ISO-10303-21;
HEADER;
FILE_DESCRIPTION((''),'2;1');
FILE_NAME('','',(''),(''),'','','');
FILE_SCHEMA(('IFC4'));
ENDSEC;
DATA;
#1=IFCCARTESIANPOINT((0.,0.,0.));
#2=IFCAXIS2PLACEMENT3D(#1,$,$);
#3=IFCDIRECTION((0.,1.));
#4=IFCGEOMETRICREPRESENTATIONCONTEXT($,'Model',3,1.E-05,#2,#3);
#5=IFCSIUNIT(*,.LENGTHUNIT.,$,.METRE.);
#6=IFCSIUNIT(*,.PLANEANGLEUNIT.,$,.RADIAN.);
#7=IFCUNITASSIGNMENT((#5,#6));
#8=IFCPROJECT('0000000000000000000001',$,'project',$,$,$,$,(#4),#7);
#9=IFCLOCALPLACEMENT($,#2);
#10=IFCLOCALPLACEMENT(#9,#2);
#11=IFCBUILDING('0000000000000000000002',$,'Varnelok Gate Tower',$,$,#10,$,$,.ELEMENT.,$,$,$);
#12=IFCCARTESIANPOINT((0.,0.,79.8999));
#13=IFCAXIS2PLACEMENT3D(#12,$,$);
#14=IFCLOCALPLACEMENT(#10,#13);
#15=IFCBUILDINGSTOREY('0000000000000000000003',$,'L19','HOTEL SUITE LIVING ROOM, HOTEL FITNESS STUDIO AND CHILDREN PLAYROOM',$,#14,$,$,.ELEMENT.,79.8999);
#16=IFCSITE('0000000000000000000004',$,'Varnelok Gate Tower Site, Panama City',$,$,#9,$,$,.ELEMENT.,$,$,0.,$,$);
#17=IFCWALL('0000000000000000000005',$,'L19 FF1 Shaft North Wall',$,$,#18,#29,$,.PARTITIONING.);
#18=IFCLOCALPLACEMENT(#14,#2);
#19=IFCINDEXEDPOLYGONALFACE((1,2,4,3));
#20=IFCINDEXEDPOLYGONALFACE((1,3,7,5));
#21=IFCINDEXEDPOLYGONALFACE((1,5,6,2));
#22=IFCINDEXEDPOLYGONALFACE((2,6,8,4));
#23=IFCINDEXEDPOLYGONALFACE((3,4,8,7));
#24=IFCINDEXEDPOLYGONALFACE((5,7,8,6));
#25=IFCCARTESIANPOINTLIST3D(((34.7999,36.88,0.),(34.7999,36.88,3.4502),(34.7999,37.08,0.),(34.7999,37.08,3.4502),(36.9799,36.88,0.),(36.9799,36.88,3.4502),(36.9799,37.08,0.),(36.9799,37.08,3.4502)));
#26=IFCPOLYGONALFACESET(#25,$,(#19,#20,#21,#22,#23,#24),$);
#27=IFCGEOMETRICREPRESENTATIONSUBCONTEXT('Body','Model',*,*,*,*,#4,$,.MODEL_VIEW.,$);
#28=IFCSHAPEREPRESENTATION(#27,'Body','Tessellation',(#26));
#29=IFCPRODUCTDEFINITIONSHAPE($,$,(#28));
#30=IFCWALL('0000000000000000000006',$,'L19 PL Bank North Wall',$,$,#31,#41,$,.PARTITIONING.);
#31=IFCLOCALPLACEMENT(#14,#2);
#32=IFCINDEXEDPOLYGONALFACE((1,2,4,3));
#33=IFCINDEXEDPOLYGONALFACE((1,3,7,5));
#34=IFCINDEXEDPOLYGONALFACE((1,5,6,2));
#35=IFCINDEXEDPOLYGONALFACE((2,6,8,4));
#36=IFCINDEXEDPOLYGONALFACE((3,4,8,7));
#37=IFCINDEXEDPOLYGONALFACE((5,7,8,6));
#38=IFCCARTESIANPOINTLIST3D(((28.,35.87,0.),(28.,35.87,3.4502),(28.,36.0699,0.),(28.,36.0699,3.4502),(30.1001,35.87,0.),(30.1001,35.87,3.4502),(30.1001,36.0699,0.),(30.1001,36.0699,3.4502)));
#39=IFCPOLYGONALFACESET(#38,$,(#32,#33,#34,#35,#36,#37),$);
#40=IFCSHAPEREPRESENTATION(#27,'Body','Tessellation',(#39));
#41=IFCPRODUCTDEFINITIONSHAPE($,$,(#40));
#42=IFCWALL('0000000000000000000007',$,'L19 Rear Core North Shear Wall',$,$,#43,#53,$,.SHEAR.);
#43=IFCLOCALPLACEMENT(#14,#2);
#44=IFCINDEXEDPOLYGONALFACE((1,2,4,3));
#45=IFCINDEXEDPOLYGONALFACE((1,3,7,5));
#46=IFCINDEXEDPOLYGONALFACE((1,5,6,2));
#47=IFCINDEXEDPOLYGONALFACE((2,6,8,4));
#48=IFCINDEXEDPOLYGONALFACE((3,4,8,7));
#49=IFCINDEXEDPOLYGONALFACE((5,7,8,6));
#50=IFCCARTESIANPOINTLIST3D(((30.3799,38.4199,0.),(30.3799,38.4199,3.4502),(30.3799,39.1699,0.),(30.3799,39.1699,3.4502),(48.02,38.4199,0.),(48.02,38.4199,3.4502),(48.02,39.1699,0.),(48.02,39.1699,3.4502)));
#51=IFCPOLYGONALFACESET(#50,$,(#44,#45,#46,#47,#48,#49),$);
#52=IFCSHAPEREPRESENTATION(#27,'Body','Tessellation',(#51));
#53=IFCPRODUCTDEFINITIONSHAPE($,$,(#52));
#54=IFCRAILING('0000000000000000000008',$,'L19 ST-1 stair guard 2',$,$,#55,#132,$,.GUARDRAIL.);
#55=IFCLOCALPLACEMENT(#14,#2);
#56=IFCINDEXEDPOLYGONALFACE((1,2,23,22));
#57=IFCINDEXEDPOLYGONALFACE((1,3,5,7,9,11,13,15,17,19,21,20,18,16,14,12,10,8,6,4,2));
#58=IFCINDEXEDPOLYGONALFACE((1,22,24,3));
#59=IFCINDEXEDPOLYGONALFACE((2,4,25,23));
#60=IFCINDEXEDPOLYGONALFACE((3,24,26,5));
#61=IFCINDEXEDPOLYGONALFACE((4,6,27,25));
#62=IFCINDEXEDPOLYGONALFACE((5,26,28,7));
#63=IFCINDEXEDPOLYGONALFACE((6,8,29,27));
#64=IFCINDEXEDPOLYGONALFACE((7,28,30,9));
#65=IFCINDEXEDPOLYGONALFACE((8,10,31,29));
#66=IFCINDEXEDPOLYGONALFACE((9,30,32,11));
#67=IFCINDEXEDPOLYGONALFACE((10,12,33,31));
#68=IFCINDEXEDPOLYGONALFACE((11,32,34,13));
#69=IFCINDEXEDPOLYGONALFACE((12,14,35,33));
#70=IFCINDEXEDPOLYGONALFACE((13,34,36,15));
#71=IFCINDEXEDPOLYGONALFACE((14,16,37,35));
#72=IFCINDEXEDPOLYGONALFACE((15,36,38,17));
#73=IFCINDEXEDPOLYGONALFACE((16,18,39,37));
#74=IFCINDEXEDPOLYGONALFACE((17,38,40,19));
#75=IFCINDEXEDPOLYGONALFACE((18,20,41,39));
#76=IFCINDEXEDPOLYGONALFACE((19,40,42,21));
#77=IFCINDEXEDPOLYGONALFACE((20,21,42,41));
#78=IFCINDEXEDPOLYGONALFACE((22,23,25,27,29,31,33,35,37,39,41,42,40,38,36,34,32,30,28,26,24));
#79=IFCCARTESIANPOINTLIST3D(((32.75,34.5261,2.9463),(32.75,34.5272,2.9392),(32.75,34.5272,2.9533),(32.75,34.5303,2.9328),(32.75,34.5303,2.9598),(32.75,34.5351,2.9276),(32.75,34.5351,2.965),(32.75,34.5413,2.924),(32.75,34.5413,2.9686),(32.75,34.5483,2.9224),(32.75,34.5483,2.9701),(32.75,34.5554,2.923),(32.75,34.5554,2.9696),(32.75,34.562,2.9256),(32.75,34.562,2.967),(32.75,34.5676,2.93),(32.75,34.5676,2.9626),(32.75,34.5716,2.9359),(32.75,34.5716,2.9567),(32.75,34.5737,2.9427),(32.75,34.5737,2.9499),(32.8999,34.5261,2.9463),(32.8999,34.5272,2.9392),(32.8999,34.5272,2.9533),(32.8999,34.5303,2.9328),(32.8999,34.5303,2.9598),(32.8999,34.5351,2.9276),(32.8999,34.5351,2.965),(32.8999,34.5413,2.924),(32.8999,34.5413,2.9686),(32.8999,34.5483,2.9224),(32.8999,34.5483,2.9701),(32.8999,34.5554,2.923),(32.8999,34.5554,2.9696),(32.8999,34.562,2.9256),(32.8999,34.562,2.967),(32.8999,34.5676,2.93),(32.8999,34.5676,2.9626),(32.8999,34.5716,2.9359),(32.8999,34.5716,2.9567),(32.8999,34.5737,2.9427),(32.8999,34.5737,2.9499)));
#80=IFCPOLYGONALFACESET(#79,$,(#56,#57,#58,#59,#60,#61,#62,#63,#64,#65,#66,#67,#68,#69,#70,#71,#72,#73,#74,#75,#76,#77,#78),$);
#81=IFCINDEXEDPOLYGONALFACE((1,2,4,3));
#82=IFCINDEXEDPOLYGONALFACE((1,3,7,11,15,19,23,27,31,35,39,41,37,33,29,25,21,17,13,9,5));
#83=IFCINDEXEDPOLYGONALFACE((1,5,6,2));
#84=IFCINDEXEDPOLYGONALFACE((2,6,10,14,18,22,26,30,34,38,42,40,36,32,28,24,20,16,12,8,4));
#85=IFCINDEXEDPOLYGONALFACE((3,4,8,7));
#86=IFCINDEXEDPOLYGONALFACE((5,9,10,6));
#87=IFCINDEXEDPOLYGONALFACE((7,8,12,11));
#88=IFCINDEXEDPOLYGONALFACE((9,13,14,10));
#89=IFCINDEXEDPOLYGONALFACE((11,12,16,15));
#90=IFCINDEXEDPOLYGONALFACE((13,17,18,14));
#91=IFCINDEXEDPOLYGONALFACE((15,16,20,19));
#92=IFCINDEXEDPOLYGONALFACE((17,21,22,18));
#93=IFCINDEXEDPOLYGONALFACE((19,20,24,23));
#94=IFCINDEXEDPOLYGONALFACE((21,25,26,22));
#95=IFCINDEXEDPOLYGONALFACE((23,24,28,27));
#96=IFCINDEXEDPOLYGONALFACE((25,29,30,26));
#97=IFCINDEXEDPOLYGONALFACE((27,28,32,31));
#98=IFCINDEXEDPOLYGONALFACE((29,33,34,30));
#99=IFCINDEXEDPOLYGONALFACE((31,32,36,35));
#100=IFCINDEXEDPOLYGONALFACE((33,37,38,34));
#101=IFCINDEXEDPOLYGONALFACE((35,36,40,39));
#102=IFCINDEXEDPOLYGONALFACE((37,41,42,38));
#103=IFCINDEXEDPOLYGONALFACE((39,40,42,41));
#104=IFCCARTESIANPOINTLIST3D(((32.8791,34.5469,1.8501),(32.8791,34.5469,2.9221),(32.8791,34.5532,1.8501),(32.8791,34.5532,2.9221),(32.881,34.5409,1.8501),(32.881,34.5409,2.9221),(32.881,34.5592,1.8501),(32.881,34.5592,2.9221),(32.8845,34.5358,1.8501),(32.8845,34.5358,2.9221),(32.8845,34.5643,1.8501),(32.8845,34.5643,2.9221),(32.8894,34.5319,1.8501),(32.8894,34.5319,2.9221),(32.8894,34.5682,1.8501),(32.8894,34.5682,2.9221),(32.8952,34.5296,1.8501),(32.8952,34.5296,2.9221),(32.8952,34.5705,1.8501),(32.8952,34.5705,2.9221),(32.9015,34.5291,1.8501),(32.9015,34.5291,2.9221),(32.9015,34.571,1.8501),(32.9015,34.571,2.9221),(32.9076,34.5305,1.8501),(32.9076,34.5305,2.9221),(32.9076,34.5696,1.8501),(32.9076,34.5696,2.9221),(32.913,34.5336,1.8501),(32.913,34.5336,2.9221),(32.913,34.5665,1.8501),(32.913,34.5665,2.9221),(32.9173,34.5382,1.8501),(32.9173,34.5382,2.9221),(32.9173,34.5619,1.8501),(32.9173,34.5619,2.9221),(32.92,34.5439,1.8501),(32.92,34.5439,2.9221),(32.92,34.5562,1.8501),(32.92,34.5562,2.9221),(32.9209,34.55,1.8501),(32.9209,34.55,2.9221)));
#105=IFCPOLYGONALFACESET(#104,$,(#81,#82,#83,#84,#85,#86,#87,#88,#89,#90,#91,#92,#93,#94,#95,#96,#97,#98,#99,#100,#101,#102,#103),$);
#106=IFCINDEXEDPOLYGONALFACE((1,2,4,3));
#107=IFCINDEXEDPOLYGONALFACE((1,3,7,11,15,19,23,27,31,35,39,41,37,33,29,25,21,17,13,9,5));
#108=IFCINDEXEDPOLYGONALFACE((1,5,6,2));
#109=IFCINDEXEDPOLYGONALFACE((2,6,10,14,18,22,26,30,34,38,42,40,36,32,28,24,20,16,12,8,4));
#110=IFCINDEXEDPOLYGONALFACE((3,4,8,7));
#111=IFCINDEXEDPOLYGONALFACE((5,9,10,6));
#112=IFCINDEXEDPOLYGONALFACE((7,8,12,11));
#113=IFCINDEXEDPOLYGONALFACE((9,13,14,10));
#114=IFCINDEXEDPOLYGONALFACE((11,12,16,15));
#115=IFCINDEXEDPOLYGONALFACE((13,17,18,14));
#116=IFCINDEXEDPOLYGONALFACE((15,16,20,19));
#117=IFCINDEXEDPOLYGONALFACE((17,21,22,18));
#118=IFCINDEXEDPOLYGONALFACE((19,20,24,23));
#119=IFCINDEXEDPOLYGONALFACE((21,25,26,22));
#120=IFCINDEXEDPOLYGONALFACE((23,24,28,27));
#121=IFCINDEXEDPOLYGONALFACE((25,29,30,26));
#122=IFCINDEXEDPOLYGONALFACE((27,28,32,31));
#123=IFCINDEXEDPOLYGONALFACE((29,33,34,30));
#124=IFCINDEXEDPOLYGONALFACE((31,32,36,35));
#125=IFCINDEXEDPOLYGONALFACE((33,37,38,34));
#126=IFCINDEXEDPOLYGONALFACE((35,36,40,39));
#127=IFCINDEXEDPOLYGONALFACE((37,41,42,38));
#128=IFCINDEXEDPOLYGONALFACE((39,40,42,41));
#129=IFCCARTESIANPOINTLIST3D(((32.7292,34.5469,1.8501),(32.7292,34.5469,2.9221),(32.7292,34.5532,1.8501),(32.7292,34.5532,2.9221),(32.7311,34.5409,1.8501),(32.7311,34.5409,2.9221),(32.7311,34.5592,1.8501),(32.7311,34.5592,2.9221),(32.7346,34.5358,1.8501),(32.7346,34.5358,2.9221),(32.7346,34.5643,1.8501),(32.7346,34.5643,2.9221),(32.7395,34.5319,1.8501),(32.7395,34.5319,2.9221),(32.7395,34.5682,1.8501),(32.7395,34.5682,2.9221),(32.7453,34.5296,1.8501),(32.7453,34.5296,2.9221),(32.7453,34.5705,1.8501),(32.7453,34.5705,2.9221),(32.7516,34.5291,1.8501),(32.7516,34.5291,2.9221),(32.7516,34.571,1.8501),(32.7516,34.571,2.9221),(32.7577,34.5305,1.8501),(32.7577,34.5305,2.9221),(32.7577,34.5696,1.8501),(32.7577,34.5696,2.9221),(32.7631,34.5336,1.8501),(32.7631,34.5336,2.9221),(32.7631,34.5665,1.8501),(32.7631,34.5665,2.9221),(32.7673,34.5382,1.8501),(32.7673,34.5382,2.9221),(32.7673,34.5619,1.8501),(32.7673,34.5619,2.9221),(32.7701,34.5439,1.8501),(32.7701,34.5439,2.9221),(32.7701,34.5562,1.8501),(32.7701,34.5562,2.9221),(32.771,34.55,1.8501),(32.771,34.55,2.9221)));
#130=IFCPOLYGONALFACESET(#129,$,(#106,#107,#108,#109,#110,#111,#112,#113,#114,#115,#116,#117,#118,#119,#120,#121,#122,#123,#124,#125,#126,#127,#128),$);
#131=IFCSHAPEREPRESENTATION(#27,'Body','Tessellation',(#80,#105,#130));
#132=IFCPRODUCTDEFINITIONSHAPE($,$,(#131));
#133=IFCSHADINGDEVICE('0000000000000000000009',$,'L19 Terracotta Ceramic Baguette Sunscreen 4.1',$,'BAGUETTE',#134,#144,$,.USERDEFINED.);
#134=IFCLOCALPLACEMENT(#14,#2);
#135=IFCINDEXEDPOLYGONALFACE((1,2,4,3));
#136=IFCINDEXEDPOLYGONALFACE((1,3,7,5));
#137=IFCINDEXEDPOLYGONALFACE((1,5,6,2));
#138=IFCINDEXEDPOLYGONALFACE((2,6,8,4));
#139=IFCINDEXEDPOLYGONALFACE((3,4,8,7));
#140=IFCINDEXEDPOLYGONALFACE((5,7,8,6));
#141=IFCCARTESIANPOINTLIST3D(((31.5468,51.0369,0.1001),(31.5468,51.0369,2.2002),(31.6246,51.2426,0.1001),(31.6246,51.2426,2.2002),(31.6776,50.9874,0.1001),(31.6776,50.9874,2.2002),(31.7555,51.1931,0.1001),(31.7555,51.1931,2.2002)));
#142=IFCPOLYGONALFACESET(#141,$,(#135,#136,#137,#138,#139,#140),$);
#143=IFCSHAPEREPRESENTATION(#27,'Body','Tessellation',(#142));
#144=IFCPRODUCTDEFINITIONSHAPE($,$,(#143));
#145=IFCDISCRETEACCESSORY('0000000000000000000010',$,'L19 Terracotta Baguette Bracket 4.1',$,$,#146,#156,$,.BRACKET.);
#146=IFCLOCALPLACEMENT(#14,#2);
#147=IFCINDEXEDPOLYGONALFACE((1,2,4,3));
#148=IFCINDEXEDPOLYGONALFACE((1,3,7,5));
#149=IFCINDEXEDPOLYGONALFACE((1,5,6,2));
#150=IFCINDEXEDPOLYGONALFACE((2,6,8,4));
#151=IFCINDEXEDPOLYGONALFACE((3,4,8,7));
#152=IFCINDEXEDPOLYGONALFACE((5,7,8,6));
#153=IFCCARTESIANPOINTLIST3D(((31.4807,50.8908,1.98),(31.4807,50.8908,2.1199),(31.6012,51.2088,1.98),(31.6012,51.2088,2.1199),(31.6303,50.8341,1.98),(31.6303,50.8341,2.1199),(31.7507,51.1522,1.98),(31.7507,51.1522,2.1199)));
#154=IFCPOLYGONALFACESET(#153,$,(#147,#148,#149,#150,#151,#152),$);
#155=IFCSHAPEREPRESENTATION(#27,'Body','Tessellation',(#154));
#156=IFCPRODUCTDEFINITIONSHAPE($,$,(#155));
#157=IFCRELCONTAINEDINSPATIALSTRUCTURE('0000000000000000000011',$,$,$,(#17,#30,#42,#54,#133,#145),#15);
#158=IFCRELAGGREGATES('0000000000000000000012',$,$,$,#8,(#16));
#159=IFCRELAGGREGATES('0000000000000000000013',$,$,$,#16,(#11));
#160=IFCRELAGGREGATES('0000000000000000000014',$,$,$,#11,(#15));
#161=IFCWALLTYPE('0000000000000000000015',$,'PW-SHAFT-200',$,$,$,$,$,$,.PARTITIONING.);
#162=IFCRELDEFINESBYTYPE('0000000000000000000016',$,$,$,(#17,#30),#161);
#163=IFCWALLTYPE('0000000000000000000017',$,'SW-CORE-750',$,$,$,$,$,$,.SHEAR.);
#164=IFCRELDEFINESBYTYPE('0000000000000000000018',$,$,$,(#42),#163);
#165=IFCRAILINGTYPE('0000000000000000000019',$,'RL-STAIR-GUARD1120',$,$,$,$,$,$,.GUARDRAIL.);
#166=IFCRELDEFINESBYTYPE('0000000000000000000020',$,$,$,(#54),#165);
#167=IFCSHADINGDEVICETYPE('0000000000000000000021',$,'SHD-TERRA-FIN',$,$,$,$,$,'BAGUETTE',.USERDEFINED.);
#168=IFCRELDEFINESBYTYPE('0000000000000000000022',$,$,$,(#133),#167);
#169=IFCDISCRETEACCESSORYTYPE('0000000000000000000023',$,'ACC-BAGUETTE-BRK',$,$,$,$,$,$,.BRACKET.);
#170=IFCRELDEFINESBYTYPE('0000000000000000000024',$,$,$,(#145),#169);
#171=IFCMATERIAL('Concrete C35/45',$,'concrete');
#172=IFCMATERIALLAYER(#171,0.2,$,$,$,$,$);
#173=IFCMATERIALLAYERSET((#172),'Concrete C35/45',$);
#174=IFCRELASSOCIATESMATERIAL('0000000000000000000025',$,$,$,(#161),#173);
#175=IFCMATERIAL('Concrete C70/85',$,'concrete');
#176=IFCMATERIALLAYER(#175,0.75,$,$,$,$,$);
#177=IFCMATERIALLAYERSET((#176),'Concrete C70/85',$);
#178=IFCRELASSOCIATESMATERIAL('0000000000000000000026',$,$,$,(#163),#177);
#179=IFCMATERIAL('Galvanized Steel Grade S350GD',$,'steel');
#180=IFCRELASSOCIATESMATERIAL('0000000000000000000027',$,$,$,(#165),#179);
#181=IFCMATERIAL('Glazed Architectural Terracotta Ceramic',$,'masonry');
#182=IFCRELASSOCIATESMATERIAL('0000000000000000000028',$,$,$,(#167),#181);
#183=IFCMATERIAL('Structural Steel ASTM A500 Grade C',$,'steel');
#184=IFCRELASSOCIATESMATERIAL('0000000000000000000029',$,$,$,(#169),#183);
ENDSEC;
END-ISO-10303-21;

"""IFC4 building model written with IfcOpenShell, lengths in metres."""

from ifc_helpers import new_model, si_unit, direction, frame, frame_2d, origin, origin_2d, place, context, subcontext, project, spatial, rectangle, circle, extrude, source, transform, mapped, material, layer, layer_set, type_object, element, save


model = new_model("IFC4")

# Units and contexts
model_context = context("Model", 3, precision=1e-05, world=origin(), true_north=direction((0.0, 1.0)))
body_context = subcontext(model_context, "Body", "Model", "MODEL_VIEW")
ifc_project = project(units=[si_unit("LENGTHUNIT", "METRE"), si_unit("PLANEANGLEUNIT", "RADIAN")], contexts=[model_context])

# Site, building, storey
site_placement = place(None, origin())
site = spatial("IfcSite", under=ifc_project, at=site_placement, Name="Varnelok Gate Tower Site, Panama City", CompositionType="ELEMENT", RefElevation=0.0)
building_placement = place(site_placement, origin())
building = spatial("IfcBuilding", under=site, at=building_placement, Name="Varnelok Gate Tower", CompositionType="ELEMENT")
storey_placement = place(building_placement, frame((0.0, 0.0, 79.8999)))
storey = spatial("IfcBuildingStorey", under=building, at=storey_placement, Name="L19", Description="HOTEL SUITE LIVING ROOM, HOTEL FITNESS STUDIO AND CHILDREN PLAYROOM", CompositionType="ELEMENT", Elevation=79.8999)

# Shared definitions
ifc_material_1 = material(Name="Concrete C70/85", Category="concrete")

# Walls
ifc_material_2 = material(Name="Concrete C35/45", Category="concrete")
ifc_layer_1 = layer(ifc_material_2, 0.2)
ifc_layer_set_1 = layer_set([ifc_layer_1], Name="Concrete C35/45")
wall_type_1 = type_object("IfcWallType", Name="PW-SHAFT-200", PredefinedType="PARTITIONING", material=ifc_layer_set_1)
wall_1_placement = place(storey_placement, frame((34.8, 36.98, 0.0), z_axis=(0.0, 0.0, 1.0), x_axis=(1.0, 0.0, 0.0)))
element("IfcWall", 1, at=wall_1_placement, inside=storey, type_object=wall_type_1, Name="L19 FF1 Shaft North Wall", PredefinedType="PARTITIONING", context=body_context, shape_type="SweptSolid", body=[
    extrude(rectangle(XDim=2.1799, YDim=0.2, at=frame_2d((1.0898, 0.0))), origin(), (0.0, 0.0, 1.0), 3.4502),
])
wall_2_placement = place(storey_placement, frame((28.0, 35.97, 0.0), z_axis=(0.0, 0.0, 1.0), x_axis=(1.0, 0.0, 0.0)))
element("IfcWall", 2, at=wall_2_placement, inside=storey, type_object=wall_type_1, Name="L19 PL Bank North Wall", PredefinedType="PARTITIONING", context=body_context, shape_type="SweptSolid", body=[
    extrude(rectangle(XDim=2.1001, YDim=0.2, at=frame_2d((1.05, 0.0))), origin(), (0.0, 0.0, 1.0), 3.4502),
])
ifc_layer_2 = layer(ifc_material_1, 0.75)
ifc_layer_set_2 = layer_set([ifc_layer_2], Name="Concrete C70/85")
wall_type_2 = type_object("IfcWallType", Name="SW-CORE-750", PredefinedType="SHEAR", material=ifc_layer_set_2)
wall_3_placement = place(storey_placement, frame((30.3799, 38.7949, 0.0), z_axis=(0.0, 0.0, 1.0), x_axis=(1.0, 0.0, 0.0)))
element("IfcWall", 3, at=wall_3_placement, inside=storey, type_object=wall_type_2, Name="L19 Rear Core North Shear Wall", PredefinedType="SHEAR", context=body_context, shape_type="SweptSolid", body=[
    extrude(rectangle(XDim=17.6401, YDim=0.75, at=frame_2d((8.8201, 0.0))), origin(), (0.0, 0.0, 1.0), 3.4502),
])

# Railing
ifc_material_3 = material(Name="Galvanized Steel Grade S350GD", Category="steel")
railing_type_1 = type_object("IfcRailingType", Name="RL-STAIR-GUARD1120", PredefinedType="GUARDRAIL", material=ifc_material_3)
railing_1_placement = place(storey_placement, frame((32.8999, 34.55, 1.8501)))
element("IfcRailing", 4, at=railing_1_placement, inside=storey, type_object=railing_type_1, Name="L19 ST-1 stair guard 2", PredefinedType="GUARDRAIL", context=body_context, shape_type="SweptSolid", body=[
    extrude(circle(Radius=0.0239, at=origin_2d()), frame((0.0, 0.0, 1.0962), z_axis=(-1.0, 0.0, 0.0), x_axis=(0.0, -1.0, 0.0)), (0.0, 0.0, 1.0), 0.1499),
    extrude(circle(Radius=0.021, at=origin_2d()), origin(), (0.0, 0.0, 1.0), 1.072),
    extrude(circle(Radius=0.021, at=origin_2d()), frame((-0.1499, 0.0, 0.0)), (0.0, 0.0, 1.0), 1.072),
])

# Shading device
ifc_material_4 = material(Name="Glazed Architectural Terracotta Ceramic", Category="masonry")
shading_device_type = type_object("IfcShadingDeviceType", Name="SHD-TERRA-FIN", ElementType="BAGUETTE", PredefinedType="USERDEFINED", material=ifc_material_4)
shared_shape_1 = source(origin(), body_context, "Body", "SweptSolid", [
    extrude(rectangle(XDim=0.1399, YDim=0.22, at=origin_2d()), origin(), (0.0, 0.0, 1.0), 2.1001),
])
shading_device_placement = place(storey_placement, frame((31.6511, 51.115, 0.1001), z_axis=(0.0, 0.0, 1.0), x_axis=(0.935222, -0.354063, 0.0)))
element("IfcShadingDevice", 5, at=shading_device_placement, inside=storey, type_object=shading_device_type, Name="L19 Terracotta Ceramic Baguette Sunscreen 4.1", ObjectType="BAGUETTE", PredefinedType="USERDEFINED", context=body_context, shape_type="MappedRepresentation", body=[
    mapped(shared_shape_1, transform((0.0, 0.0, 0.0), scale=1.0)),
])

# Discrete accessory
ifc_material_5 = material(Name="Structural Steel ASTM A500 Grade C", Category="steel")
discrete_accessory_type = type_object("IfcDiscreteAccessoryType", Name="ACC-BAGUETTE-BRK", PredefinedType="BRACKET", material=ifc_material_5)
shared_shape_2 = source(origin(), body_context, "Body", "SweptSolid", [
    extrude(rectangle(XDim=0.1599, YDim=0.3401, at=origin_2d()), origin(), (0.0, 0.0, 1.0), 0.1399),
])
discrete_accessory_placement = place(storey_placement, frame((31.6157, 51.0215, 1.98), z_axis=(0.0, 0.0, 1.0), x_axis=(0.935222, -0.354063, 0.0)))
element("IfcDiscreteAccessory", 6, at=discrete_accessory_placement, inside=storey, type_object=discrete_accessory_type, Name="L19 Terracotta Baguette Bracket 4.1", PredefinedType="BRACKET", context=body_context, shape_type="MappedRepresentation", body=[
    mapped(shared_shape_2, transform((0.0, 0.0, 0.0), scale=1.0)),
])

save(model, "model.ifc")
